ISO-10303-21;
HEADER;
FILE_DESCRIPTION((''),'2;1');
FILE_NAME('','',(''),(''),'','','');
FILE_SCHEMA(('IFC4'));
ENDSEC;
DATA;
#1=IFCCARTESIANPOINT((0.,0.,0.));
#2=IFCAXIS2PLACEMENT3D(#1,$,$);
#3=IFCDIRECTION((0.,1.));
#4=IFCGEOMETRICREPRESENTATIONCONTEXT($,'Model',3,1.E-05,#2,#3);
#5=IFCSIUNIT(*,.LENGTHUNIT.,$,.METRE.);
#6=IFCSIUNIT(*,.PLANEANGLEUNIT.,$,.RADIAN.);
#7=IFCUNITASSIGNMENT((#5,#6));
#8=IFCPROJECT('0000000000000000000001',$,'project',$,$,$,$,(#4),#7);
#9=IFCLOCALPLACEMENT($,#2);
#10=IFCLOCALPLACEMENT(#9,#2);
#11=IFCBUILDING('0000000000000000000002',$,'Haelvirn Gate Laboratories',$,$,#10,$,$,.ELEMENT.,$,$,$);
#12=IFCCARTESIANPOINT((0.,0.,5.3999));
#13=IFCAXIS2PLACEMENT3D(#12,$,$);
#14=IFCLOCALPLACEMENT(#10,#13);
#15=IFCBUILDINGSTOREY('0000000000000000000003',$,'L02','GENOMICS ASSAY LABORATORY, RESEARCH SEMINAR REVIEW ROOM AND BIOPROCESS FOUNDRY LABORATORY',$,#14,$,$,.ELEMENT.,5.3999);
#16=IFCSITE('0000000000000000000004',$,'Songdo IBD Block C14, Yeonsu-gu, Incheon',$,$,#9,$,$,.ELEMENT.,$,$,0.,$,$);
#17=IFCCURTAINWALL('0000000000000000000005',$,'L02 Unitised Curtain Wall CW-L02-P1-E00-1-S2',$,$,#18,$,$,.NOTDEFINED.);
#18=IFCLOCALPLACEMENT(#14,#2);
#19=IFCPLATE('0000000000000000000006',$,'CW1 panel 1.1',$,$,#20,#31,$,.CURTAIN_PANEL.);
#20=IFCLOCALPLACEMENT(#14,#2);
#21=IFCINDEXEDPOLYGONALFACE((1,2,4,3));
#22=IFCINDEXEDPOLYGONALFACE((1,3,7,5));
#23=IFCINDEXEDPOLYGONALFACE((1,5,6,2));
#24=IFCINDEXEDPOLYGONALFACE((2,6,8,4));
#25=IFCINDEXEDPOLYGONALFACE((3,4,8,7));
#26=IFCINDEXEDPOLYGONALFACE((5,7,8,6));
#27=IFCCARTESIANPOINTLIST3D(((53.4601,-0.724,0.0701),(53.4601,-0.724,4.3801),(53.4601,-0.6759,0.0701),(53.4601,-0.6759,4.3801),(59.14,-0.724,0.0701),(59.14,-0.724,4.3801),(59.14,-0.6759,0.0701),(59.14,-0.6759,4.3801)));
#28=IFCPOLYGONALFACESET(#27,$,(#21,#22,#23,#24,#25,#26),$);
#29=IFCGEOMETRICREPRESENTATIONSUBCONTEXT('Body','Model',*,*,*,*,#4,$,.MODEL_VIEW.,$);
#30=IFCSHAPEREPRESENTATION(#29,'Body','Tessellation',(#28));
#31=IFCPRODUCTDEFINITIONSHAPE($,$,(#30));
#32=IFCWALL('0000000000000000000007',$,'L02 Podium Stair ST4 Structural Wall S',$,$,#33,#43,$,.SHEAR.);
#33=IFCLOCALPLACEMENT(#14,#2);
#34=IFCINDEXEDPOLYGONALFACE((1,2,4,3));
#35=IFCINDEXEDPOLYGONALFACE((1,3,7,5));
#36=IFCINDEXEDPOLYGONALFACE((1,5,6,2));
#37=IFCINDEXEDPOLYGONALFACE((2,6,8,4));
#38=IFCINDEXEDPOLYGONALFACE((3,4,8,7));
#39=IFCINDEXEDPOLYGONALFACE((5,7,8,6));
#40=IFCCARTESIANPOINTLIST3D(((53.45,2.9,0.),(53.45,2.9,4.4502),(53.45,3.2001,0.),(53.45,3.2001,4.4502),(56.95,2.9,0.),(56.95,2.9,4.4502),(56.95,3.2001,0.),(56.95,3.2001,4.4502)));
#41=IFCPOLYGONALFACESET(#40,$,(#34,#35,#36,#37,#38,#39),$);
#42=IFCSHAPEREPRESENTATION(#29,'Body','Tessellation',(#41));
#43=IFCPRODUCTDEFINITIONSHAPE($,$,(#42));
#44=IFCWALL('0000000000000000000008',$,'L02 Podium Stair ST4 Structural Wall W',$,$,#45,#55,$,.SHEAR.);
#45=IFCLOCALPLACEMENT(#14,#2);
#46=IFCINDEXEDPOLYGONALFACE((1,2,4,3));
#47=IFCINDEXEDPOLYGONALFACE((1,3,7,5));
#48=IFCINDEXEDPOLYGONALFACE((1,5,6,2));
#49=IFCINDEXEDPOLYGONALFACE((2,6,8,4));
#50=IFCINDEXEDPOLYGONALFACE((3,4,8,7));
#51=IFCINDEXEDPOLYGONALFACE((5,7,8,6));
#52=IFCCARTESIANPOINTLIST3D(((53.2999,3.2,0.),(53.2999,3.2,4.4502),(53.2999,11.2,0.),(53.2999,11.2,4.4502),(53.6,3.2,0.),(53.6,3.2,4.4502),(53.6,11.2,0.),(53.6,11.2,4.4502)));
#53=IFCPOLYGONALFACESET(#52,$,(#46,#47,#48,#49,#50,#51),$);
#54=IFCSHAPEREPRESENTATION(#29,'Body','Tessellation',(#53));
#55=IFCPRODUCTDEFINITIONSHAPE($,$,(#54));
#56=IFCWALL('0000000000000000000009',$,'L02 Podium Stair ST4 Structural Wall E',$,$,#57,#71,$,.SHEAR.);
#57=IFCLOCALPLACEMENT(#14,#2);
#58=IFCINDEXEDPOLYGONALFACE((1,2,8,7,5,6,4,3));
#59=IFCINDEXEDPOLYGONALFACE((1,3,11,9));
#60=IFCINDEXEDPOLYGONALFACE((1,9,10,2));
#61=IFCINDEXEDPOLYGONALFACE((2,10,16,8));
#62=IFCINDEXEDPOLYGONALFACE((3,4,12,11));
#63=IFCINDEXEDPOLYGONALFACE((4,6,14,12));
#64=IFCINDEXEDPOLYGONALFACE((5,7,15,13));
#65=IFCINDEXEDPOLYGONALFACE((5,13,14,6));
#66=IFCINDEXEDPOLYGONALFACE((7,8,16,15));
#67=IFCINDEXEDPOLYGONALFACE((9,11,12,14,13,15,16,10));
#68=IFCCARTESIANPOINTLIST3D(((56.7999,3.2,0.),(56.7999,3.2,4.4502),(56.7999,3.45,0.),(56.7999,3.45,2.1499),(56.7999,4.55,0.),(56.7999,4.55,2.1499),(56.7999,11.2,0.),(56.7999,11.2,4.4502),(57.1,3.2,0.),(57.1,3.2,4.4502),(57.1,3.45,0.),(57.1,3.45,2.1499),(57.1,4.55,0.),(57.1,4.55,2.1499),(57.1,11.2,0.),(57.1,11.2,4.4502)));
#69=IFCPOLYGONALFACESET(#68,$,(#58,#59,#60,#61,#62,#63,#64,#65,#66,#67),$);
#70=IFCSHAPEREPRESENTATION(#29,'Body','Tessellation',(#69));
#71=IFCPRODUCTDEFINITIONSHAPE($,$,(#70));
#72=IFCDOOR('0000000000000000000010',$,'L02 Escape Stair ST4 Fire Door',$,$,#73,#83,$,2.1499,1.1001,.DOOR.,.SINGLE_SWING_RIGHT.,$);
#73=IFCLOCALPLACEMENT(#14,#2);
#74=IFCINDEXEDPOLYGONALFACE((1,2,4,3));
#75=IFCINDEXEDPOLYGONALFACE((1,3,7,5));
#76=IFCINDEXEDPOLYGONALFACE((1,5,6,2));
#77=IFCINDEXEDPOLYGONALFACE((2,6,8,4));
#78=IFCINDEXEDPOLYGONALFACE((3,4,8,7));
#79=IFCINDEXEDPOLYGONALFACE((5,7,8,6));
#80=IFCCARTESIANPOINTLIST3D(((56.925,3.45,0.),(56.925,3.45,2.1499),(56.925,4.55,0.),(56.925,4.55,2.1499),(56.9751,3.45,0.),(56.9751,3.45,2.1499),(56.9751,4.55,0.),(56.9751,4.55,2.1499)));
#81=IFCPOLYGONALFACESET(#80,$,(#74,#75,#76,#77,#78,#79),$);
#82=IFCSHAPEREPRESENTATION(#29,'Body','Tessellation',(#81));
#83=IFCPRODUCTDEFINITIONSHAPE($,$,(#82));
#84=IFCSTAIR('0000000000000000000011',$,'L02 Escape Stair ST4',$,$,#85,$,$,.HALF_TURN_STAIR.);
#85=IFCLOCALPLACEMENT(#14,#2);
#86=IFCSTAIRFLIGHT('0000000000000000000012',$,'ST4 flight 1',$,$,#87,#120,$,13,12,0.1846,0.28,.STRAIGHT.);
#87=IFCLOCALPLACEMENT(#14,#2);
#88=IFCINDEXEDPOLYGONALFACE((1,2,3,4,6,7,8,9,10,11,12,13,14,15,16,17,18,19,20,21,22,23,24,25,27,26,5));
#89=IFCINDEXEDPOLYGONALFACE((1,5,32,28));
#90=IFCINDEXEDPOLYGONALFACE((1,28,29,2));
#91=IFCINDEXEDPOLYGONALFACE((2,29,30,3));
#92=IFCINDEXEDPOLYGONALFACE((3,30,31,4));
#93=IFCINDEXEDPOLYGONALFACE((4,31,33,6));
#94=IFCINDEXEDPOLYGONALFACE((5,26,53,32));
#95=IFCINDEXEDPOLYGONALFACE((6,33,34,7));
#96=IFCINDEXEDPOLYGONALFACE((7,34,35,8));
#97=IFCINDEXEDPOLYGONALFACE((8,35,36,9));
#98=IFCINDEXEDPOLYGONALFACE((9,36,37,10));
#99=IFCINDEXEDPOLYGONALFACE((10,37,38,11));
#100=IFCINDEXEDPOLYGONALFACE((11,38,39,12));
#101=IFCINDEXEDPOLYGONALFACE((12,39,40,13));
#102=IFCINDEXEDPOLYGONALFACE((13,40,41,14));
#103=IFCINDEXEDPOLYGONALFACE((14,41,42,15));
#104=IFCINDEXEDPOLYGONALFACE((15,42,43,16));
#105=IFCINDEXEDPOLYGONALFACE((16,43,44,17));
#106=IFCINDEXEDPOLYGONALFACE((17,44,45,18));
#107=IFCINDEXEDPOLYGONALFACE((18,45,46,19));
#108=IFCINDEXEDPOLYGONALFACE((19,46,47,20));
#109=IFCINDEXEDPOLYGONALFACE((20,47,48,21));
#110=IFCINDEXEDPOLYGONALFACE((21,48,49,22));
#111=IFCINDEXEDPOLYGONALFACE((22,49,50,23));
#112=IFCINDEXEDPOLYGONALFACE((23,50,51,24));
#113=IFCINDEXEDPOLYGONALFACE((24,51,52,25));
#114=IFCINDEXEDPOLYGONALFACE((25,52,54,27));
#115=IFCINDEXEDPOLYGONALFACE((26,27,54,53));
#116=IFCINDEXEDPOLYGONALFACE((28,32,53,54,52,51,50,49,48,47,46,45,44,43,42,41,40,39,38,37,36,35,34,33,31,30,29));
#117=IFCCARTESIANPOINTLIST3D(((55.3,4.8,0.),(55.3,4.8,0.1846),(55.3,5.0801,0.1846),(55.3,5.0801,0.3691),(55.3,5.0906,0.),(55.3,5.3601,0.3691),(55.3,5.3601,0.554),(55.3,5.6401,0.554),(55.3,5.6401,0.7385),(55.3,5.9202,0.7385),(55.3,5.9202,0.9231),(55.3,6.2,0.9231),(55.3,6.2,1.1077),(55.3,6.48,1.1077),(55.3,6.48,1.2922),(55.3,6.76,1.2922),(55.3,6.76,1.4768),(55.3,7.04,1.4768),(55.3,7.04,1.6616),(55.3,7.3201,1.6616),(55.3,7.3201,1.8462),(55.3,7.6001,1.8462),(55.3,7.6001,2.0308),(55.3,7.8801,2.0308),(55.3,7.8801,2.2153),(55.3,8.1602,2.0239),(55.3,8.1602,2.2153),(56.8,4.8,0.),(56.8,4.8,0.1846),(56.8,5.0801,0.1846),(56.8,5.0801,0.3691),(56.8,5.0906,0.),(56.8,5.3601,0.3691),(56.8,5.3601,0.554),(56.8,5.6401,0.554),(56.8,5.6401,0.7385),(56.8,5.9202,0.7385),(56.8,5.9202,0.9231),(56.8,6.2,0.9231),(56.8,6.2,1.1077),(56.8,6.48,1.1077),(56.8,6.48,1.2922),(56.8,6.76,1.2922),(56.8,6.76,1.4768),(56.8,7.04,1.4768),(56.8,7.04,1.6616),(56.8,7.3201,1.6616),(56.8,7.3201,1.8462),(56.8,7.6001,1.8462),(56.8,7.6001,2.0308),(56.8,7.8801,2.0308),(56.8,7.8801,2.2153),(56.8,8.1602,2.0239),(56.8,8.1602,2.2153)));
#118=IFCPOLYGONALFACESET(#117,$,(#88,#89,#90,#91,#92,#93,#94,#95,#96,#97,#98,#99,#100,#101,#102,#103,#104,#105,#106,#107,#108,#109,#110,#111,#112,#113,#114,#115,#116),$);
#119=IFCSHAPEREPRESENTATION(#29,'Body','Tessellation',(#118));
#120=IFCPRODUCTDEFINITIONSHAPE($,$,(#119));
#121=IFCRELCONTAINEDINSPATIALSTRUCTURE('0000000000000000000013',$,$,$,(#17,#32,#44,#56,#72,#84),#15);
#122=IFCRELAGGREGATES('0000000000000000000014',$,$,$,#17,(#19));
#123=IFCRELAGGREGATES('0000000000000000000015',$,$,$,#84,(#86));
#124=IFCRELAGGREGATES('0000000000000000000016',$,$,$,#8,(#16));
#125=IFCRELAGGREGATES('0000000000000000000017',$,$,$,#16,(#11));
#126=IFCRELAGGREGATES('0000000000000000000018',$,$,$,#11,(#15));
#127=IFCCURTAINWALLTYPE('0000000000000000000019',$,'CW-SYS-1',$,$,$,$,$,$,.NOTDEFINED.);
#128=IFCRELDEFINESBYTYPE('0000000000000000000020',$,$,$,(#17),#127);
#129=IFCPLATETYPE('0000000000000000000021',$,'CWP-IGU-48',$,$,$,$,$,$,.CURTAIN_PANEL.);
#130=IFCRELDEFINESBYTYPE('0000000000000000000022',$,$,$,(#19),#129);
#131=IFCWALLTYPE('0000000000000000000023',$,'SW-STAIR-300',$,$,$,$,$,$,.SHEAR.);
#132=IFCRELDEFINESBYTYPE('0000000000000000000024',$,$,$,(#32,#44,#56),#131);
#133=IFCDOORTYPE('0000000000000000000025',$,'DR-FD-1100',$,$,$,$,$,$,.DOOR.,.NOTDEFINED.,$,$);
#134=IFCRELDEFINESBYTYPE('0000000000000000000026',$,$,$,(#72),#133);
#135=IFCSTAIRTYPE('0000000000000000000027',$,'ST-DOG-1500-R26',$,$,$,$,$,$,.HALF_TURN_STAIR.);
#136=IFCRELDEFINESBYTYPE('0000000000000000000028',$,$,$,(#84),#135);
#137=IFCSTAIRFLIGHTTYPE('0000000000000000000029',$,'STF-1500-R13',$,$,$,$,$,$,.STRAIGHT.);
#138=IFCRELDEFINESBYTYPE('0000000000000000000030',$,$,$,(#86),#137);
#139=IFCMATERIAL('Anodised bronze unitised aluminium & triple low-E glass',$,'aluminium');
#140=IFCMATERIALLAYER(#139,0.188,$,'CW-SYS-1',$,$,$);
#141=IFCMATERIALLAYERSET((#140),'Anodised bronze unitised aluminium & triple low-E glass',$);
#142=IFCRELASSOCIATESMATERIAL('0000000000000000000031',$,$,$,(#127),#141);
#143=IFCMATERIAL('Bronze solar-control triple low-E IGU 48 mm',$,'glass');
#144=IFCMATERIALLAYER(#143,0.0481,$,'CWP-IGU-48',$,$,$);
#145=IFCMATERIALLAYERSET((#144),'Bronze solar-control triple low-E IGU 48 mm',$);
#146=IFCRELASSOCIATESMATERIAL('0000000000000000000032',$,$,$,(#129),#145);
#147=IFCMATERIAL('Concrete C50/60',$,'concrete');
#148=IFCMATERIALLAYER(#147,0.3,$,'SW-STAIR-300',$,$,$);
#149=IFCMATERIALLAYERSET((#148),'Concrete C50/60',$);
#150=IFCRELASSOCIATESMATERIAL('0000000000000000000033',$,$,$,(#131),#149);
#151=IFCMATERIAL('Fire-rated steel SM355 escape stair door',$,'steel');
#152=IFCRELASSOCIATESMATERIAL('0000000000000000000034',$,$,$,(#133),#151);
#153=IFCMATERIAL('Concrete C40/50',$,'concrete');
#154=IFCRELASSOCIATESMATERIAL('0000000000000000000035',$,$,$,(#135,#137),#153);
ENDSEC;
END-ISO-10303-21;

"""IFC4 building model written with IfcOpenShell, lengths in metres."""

from ifc_helpers import new_model, si_unit, direction, frame, frame_2d, origin, origin_2d, place, context, subcontext, project, spatial, polyline, rectangle, outline, extrude, source, transform, mapped, material, layer, layer_set, type_object, type_shapes, element, fill, aggregate, save


model = new_model("IFC4")

# Units and contexts
model_context = context("Model", 3, precision=1e-05, world=origin(), true_north=direction((0.0, 1.0)))
body_context = subcontext(model_context, "Body", "Model", "MODEL_VIEW")
ifc_project = project(units=[si_unit("LENGTHUNIT", "METRE"), si_unit("PLANEANGLEUNIT", "RADIAN")], contexts=[model_context])

# Site, building, storey
site_placement = place(None, origin())
site = spatial("IfcSite", under=ifc_project, at=site_placement, Name="Songdo IBD Block C14, Yeonsu-gu, Incheon", CompositionType="ELEMENT", RefElevation=0.0)
building_placement = place(site_placement, origin())
building = spatial("IfcBuilding", under=site, at=building_placement, Name="Haelvirn Gate Laboratories", CompositionType="ELEMENT")
storey_placement = place(building_placement, frame((0.0, 0.0, 5.3999)))
storey = spatial("IfcBuildingStorey", under=building, at=storey_placement, Name="L02", Description="GENOMICS ASSAY LABORATORY, RESEARCH SEMINAR REVIEW ROOM AND BIOPROCESS FOUNDRY LABORATORY", CompositionType="ELEMENT", Elevation=5.3999)

# Curtain wall, plate
ifc_material_1 = material(Name="Anodised bronze unitised aluminium & triple low-E glass", Category="aluminium")
ifc_layer_1 = layer(ifc_material_1, 0.188, Name="CW-SYS-1")
ifc_layer_set_1 = layer_set([ifc_layer_1], Name="Anodised bronze unitised aluminium & triple low-E glass")
curtain_wall_type = type_object("IfcCurtainWallType", Name="CW-SYS-1", PredefinedType="NOTDEFINED", material=ifc_layer_set_1)
curtain_wall_placement = place(storey_placement, origin())
curtain_wall = element("IfcCurtainWall", 1, at=curtain_wall_placement, inside=storey, type_object=curtain_wall_type, Name="L02 Unitised Curtain Wall CW-L02-P1-E00-1-S2", PredefinedType="NOTDEFINED")
ifc_material_2 = material(Name="Bronze solar-control triple low-E IGU 48 mm", Category="glass")
ifc_layer_2 = layer(ifc_material_2, 0.0481, Name="CWP-IGU-48")
ifc_layer_set_2 = layer_set([ifc_layer_2], Name="Bronze solar-control triple low-E IGU 48 mm")
plate_type = type_object("IfcPlateType", Name="CWP-IGU-48", PredefinedType="CURTAIN_PANEL", material=ifc_layer_set_2)
shared_shape_1 = source(origin(), body_context, "Body", "SweptSolid", [
    extrude(rectangle(XDim=5.6799, YDim=0.0481, at=origin_2d()), origin(), (0.0, 0.0, 1.0), 4.3101),
])
type_shapes(plate_type, [shared_shape_1])
plate_placement = place(storey_placement, frame((56.3, -0.7, 0.0701), z_axis=(0.0, 0.0, 1.0), x_axis=(1.0, 0.0, 0.0)))
plate = element("IfcPlate", 2, at=plate_placement, type_object=plate_type, Name="CW1 panel 1.1", PredefinedType="CURTAIN_PANEL", context=body_context, shape_type="MappedRepresentation", body=[
    mapped(shared_shape_1, transform((0.0, 0.0, 0.0), scale=1.0)),
])
aggregate(curtain_wall, [plate])

# Walls
ifc_material_3 = material(Name="Concrete C50/60", Category="concrete")
ifc_layer_3 = layer(ifc_material_3, 0.3, Name="SW-STAIR-300")
ifc_layer_set_3 = layer_set([ifc_layer_3], Name="Concrete C50/60")
wall_type = type_object("IfcWallType", Name="SW-STAIR-300", PredefinedType="SHEAR", material=ifc_layer_set_3)
wall_1_placement = place(storey_placement, frame((53.45, 3.05, 0.0), z_axis=(0.0, 0.0, 1.0), x_axis=(1.0, 0.0, 0.0)))
element("IfcWall", 3, at=wall_1_placement, inside=storey, type_object=wall_type, Name="L02 Podium Stair ST4 Structural Wall S", PredefinedType="SHEAR", context=body_context, shape_type="SweptSolid", body=[
    extrude(rectangle(XDim=3.5, YDim=0.3, at=frame_2d((1.75, 0.0))), origin(), (0.0, 0.0, 1.0), 4.4502),
])
wall_2_placement = place(storey_placement, frame((53.45, 3.2, 0.0), z_axis=(0.0, 0.0, 1.0), x_axis=(0.0, 1.0, 0.0)))
element("IfcWall", 4, at=wall_2_placement, inside=storey, type_object=wall_type, Name="L02 Podium Stair ST4 Structural Wall W", PredefinedType="SHEAR", context=body_context, shape_type="SweptSolid", body=[
    extrude(rectangle(XDim=8.0, YDim=0.3, at=frame_2d((4.0, 0.0))), origin(), (0.0, 0.0, 1.0), 4.4502),
])

# Wall, opening, door
wall_3_placement = place(storey_placement, frame((56.95, 3.2, 0.0), z_axis=(0.0, 0.0, 1.0), x_axis=(0.0, 1.0, 0.0)))
wall_3 = element("IfcWall", 5, at=wall_3_placement, inside=storey, type_object=wall_type, Name="L02 Podium Stair ST4 Structural Wall E", PredefinedType="SHEAR", context=body_context, shape_type="SweptSolid", body=[
    extrude(rectangle(XDim=8.0, YDim=0.3, at=frame_2d((4.0, 0.0))), origin(), (0.0, 0.0, 1.0), 4.4502),
])
opening_placement = place(wall_3_placement, frame((0.25, 0.0, 0.0)))
opening = element("IfcOpeningElement", 6, at=opening_placement, cuts=wall_3, PredefinedType="OPENING", context=body_context, shape_type="SweptSolid", body=[
    extrude(rectangle(XDim=1.1001, YDim=2.1499, at=frame_2d((0.55, 1.075))), frame((0.0, 0.1602, 0.0), z_axis=(0.0, -1.0, 0.0), x_axis=(1.0, 0.0, 0.0)), (0.0, 0.0, 1.0), 0.3201),
])
ifc_material_4 = material(Name="Fire-rated steel SM355 escape stair door", Category="steel")
door_type = type_object("IfcDoorType", Name="DR-FD-1100", OperationType="NOTDEFINED", PredefinedType="DOOR", material=ifc_material_4)
shared_shape_2 = source(origin(), body_context, "Body", "SweptSolid", [
    extrude(rectangle(XDim=1.1001, YDim=2.1499, at=frame_2d((0.55, 1.075))), frame((0.0, 0.0249, 0.0), z_axis=(0.0, -1.0, 0.0), x_axis=(1.0, 0.0, 0.0)), (0.0, 0.0, 1.0), 0.05),
])
type_shapes(door_type, [shared_shape_2])
door_placement = place(opening_placement, origin())
door = element("IfcDoor", 7, at=door_placement, inside=storey, type_object=door_type, Name="L02 Escape Stair ST4 Fire Door", OperationType="SINGLE_SWING_RIGHT", OverallHeight=2.1499, OverallWidth=1.1001, PredefinedType="DOOR", context=body_context, shape_type="MappedRepresentation", body=[
    mapped(shared_shape_2, transform((0.0, 0.0, 0.0), scale=1.0)),
])
fill(opening, door)

# Stair, stair flight
ifc_material_5 = material(Name="Concrete C40/50", Category="concrete")
stair_type = type_object("IfcStairType", Name="ST-DOG-1500-R26", PredefinedType="HALF_TURN_STAIR", material=ifc_material_5)
stair_placement = place(storey_placement, origin())
stair = element("IfcStair", 8, at=stair_placement, inside=storey, type_object=stair_type, Name="L02 Escape Stair ST4", PredefinedType="HALF_TURN_STAIR")
stair_flight_type = type_object("IfcStairFlightType", Name="STF-1500-R13", PredefinedType="STRAIGHT", material=ifc_material_5)
shared_shape_3 = source(origin(), body_context, "Body", "SweptSolid", [
    extrude(outline(polyline([(0.0, 0.0), (0.0, 0.1846), (0.28, 0.1846), (0.28, 0.3691), (0.5601, 0.3691), (0.5601, 0.554), (0.8401, 0.554), (0.8401, 0.7385), (1.1201, 0.7385), (1.1201, 0.9231), (1.3999, 0.9231), (1.3999, 1.1077), (1.6799, 1.1077), (1.6799, 1.2922), (1.96, 1.2922), (1.96, 1.4768), (2.24, 1.4768), (2.24, 1.6616), (2.52, 1.6616), (2.52, 1.8462), (2.8, 1.8462), (2.8, 2.0308), (3.0801, 2.0308), (3.0801, 2.2153), (3.3601, 2.2153), (3.3601, 2.3999), (3.3601, 2.0239), (0.2905, 0.0), (0.0, 0.0)])), frame((0.0, 0.75, 0.0), z_axis=(0.0, -1.0, 0.0), x_axis=(1.0, 0.0, 0.0)), (0.0, 0.0, 1.0), 1.5),
])
type_shapes(stair_flight_type, [shared_shape_3])
stair_flight_placement = place(storey_placement, frame((56.05, 4.8, 0.0), z_axis=(0.0, 0.0, 1.0), x_axis=(0.0, 1.0, 0.0)))
stair_flight = element("IfcStairFlight", 9, at=stair_flight_placement, type_object=stair_flight_type, Name="ST4 flight 1", NumberOfRisers=13, NumberOfTreads=12, PredefinedType="STRAIGHT", RiserHeight=0.1846, TreadLength=0.28, context=body_context, shape_type="MappedRepresentation", body=[
    mapped(shared_shape_3, transform((0.0, 0.0, 0.0), scale=1.0)),
])
aggregate(stair, [stair_flight])

save(model, "model.ifc")
